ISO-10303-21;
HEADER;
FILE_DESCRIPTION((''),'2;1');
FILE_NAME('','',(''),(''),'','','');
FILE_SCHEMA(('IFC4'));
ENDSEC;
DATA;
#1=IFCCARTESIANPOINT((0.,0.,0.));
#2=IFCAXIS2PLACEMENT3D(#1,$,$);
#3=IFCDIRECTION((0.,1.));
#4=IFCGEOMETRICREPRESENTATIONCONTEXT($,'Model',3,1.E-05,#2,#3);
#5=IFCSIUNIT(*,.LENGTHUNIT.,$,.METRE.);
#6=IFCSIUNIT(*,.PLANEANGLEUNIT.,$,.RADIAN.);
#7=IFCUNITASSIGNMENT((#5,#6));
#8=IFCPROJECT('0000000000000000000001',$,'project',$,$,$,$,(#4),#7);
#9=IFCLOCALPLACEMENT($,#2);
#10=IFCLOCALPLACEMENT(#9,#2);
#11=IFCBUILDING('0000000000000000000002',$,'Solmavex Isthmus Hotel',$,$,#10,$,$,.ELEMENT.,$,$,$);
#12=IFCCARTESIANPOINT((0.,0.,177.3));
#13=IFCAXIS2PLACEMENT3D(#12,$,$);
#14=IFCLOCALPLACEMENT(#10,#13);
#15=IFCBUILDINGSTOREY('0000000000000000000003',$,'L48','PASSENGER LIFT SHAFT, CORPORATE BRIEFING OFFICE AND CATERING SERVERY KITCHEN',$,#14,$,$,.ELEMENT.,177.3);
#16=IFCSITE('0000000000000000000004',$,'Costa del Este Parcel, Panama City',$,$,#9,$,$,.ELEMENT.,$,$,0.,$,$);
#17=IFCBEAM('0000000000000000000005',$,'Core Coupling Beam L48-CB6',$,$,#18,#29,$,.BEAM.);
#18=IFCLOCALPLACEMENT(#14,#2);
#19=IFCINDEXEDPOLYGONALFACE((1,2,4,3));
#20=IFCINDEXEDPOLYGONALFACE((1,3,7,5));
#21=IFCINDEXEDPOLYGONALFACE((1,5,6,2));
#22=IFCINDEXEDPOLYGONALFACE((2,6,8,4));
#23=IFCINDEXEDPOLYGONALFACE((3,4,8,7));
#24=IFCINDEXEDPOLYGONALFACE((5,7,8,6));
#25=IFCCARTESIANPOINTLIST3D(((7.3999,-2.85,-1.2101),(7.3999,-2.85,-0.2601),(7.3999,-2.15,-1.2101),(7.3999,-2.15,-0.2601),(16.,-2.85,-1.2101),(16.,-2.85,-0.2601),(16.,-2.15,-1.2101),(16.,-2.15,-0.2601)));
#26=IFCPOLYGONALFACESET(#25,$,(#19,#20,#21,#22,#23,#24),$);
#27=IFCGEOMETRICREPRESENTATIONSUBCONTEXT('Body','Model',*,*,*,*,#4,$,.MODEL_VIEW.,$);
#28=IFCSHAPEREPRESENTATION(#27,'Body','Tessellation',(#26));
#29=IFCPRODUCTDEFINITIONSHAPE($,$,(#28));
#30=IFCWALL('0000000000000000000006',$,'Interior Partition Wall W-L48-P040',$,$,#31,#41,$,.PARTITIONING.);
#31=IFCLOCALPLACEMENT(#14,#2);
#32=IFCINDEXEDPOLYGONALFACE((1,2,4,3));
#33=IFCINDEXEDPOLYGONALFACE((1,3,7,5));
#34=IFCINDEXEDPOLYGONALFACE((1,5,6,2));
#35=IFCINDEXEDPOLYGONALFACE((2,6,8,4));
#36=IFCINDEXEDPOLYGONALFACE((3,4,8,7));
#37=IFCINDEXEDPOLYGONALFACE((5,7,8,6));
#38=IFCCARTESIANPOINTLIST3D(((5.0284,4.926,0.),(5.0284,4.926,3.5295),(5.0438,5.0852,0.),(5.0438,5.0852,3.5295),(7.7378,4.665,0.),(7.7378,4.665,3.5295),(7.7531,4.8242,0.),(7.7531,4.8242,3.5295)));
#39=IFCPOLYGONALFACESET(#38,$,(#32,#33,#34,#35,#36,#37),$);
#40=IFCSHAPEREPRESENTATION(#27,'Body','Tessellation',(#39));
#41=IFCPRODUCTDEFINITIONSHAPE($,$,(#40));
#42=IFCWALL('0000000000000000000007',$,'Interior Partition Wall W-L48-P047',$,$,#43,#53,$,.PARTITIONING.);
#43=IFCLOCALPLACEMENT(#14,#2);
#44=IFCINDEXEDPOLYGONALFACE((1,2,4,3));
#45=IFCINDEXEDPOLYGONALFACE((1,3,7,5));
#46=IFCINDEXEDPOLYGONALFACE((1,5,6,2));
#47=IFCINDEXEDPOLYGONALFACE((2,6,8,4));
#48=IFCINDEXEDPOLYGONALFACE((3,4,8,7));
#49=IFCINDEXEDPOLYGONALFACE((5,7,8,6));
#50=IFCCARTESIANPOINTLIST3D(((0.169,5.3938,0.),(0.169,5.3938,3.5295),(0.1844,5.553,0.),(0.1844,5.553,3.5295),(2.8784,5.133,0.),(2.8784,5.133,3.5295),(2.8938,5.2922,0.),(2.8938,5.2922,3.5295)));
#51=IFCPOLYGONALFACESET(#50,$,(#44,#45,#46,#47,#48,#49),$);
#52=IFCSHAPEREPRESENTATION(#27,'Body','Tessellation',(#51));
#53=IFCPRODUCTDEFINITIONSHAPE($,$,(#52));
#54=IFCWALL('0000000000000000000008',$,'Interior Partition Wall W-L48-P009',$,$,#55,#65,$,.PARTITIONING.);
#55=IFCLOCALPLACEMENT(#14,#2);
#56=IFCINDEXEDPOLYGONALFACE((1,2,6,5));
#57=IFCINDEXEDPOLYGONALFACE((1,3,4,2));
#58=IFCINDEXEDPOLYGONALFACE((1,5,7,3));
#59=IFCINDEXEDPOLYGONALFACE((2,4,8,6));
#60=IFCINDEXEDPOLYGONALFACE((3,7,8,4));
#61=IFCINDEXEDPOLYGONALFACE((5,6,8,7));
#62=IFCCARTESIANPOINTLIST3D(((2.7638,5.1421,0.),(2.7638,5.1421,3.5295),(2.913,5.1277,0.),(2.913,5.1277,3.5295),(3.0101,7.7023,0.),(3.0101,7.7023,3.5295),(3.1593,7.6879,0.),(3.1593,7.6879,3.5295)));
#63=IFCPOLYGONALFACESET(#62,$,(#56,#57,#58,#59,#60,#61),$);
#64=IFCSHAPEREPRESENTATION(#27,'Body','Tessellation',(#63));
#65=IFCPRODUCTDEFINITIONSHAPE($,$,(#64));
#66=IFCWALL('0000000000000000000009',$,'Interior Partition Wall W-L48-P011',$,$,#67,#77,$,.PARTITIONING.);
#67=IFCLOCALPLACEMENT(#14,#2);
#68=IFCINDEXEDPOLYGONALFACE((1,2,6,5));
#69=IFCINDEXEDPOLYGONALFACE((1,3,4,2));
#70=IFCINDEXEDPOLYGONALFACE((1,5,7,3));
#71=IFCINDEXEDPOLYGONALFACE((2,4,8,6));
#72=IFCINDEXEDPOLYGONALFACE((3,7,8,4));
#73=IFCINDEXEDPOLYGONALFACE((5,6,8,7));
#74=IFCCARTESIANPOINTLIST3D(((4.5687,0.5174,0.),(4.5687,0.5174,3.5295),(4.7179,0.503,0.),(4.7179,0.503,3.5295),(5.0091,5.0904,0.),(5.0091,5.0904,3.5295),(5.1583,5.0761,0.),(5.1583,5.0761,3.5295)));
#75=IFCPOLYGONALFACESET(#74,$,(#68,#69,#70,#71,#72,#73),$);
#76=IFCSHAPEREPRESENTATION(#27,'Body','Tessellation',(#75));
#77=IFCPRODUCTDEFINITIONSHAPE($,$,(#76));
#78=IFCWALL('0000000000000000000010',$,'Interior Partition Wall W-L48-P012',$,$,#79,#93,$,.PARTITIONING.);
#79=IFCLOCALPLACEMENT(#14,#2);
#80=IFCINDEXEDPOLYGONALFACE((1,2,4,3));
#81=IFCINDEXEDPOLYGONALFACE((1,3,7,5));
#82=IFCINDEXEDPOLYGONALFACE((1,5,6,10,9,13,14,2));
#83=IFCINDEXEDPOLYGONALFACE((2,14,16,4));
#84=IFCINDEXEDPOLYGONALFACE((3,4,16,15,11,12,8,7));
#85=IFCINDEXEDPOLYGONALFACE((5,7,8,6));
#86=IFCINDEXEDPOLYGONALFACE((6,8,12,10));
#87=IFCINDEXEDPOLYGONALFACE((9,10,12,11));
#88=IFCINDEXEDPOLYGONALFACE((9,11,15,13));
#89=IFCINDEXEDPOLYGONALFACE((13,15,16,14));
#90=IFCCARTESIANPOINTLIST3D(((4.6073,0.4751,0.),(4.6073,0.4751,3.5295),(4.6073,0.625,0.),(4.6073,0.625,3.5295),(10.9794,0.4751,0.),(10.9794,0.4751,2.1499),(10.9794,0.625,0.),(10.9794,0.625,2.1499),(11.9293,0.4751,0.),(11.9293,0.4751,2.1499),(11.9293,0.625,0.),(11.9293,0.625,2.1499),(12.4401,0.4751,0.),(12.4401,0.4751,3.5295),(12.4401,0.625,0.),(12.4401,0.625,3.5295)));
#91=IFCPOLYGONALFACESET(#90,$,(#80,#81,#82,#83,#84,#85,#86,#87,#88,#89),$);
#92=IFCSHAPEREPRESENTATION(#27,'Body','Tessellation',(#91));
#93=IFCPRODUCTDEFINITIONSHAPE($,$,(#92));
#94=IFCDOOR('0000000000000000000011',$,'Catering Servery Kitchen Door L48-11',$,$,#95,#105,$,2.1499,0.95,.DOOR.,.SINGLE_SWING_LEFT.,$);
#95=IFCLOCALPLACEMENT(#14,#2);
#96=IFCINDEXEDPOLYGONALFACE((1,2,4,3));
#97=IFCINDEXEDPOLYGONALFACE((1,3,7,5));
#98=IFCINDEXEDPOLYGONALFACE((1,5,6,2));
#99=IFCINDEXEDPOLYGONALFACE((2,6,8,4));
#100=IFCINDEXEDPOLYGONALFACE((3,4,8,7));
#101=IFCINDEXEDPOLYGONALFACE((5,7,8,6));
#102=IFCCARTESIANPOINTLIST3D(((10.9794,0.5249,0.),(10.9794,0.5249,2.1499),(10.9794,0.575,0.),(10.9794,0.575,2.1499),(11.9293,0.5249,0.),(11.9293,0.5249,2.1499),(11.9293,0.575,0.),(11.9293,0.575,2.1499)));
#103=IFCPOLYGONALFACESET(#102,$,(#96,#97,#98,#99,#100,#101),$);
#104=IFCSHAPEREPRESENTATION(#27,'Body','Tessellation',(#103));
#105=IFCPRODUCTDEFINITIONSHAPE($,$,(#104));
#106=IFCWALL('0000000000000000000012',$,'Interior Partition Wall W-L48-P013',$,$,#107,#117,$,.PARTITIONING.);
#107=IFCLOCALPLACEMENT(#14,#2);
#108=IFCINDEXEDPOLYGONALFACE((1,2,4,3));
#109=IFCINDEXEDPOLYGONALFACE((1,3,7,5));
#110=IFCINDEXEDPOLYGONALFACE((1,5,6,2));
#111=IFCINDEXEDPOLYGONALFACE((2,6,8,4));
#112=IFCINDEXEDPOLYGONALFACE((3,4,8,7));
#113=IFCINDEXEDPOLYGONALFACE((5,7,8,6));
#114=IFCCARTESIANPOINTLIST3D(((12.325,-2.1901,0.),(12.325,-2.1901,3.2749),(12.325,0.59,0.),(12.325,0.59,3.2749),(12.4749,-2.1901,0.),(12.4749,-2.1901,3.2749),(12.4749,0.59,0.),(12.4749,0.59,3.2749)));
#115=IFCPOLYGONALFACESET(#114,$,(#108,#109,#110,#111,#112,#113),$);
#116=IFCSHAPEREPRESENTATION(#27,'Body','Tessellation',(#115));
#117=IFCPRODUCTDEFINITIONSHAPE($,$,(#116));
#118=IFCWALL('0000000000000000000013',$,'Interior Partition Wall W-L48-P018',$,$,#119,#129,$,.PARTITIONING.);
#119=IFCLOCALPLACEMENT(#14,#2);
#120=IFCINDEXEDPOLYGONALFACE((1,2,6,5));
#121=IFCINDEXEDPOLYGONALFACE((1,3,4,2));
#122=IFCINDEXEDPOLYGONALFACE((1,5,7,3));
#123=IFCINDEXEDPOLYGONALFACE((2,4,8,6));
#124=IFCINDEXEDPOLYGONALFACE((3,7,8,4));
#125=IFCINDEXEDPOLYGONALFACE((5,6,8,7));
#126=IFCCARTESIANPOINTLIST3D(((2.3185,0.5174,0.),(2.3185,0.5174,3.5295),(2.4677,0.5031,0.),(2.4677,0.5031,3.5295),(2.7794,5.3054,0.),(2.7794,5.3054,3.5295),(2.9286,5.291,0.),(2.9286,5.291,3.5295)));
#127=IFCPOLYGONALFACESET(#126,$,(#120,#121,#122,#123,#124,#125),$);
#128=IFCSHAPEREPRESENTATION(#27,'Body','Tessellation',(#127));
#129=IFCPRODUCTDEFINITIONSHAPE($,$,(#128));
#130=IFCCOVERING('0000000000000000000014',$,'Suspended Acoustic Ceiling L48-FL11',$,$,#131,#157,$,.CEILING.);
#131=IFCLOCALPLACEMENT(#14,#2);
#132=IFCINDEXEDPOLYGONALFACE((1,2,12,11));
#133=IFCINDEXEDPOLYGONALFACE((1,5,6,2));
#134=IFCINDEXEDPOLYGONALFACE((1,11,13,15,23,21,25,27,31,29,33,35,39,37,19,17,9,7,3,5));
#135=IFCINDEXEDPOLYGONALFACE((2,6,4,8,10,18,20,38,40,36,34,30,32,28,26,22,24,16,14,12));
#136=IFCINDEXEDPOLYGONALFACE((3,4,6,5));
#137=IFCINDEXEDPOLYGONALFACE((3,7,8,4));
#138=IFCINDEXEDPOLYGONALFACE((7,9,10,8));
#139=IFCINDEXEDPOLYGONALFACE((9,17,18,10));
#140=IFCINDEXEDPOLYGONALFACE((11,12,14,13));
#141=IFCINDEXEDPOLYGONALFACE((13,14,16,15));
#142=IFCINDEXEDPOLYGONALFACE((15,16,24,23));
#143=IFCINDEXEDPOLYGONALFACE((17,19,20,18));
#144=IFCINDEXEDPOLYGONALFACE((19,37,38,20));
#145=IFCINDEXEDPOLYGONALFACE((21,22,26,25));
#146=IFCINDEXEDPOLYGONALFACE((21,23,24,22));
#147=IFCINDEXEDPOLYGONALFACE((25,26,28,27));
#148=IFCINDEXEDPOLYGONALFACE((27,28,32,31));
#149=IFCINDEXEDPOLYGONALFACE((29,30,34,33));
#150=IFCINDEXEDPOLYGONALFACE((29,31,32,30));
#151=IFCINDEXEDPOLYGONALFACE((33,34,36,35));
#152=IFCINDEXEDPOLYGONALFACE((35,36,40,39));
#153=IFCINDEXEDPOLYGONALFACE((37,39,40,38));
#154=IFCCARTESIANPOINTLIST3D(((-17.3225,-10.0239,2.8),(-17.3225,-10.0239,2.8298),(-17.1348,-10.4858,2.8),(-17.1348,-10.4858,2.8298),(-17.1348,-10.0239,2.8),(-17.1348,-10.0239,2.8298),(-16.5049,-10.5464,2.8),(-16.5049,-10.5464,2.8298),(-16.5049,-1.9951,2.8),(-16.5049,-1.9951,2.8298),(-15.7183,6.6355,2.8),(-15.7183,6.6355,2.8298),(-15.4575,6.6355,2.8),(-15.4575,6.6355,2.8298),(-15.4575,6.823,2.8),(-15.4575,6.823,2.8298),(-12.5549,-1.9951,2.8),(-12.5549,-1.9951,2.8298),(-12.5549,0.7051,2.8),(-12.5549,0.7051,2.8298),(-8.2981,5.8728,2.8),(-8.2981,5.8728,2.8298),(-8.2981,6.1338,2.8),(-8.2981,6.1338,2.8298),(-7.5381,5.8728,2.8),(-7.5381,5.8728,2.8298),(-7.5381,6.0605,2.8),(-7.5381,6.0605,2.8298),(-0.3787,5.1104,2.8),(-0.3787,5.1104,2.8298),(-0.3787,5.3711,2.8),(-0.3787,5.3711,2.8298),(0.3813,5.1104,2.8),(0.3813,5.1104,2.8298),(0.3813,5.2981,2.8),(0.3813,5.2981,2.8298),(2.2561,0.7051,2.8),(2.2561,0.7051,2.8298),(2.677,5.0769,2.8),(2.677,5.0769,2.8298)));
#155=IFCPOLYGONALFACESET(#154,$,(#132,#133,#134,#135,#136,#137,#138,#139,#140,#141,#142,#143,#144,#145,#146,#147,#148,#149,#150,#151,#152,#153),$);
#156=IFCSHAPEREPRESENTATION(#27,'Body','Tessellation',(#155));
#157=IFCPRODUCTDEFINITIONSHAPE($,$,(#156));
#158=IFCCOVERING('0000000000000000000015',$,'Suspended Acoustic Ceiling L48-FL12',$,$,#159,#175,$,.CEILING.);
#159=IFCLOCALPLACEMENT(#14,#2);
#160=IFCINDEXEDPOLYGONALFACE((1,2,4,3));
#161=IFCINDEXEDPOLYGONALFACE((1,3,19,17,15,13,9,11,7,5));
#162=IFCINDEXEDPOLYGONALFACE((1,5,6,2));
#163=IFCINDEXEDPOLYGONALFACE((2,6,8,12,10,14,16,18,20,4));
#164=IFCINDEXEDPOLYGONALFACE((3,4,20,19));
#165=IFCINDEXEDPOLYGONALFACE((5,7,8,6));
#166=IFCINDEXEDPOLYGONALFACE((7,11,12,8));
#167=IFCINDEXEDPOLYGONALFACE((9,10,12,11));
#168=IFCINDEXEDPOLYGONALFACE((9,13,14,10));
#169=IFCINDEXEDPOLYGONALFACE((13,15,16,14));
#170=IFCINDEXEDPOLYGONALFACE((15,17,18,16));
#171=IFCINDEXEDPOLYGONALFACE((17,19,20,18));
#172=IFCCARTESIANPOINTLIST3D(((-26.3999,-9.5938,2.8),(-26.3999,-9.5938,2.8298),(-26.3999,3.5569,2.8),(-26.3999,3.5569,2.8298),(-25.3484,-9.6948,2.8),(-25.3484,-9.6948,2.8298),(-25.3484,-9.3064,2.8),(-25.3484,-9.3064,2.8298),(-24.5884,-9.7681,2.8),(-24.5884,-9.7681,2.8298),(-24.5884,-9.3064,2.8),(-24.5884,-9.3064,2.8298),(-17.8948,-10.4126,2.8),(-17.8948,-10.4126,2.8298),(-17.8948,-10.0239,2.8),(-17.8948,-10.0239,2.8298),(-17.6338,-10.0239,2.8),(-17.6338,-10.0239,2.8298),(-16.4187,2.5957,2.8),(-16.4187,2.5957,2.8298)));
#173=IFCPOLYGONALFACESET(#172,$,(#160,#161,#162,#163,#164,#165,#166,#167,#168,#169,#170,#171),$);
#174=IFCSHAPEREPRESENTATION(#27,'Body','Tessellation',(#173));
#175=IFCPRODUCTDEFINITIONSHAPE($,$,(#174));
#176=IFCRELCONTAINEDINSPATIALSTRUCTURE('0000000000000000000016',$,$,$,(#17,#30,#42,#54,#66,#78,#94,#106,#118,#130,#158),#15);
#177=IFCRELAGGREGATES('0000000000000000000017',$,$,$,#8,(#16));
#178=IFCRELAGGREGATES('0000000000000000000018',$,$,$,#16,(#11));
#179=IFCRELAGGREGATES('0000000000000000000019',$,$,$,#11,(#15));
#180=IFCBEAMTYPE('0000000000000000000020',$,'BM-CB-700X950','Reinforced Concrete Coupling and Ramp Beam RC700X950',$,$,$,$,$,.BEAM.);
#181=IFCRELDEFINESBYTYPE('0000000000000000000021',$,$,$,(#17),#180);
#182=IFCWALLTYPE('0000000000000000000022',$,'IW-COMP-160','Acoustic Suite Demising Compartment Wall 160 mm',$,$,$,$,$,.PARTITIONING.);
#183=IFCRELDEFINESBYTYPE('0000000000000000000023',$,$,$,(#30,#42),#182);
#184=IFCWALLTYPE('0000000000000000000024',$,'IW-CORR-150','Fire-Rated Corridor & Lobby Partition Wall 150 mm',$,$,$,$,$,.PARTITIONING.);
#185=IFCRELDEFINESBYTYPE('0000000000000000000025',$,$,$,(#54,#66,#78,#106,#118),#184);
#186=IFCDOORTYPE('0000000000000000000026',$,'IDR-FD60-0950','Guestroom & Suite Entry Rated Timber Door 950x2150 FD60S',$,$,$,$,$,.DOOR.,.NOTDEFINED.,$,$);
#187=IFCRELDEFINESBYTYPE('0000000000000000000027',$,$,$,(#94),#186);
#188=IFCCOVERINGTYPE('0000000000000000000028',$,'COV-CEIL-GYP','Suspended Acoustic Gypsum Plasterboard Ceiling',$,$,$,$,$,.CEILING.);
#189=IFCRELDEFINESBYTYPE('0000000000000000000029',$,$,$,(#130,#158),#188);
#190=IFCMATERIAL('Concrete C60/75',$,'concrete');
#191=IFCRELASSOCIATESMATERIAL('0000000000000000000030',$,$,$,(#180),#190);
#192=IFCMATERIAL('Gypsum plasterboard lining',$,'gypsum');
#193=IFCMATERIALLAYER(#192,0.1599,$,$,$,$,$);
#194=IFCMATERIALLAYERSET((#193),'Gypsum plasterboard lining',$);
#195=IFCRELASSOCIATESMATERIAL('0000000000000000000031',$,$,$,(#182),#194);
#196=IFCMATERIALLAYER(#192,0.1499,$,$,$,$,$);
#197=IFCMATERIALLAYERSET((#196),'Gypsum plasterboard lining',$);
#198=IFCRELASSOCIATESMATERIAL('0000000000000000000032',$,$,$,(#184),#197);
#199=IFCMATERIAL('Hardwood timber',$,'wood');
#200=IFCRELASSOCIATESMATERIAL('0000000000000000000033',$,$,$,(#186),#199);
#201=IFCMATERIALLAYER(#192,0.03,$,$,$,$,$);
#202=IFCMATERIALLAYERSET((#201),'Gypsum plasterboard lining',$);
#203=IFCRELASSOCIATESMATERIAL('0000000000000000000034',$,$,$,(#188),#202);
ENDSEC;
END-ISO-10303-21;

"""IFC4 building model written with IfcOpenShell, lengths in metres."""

from ifc_helpers import new_model, si_unit, direction, frame, frame_2d, origin, origin_2d, place, context, subcontext, project, spatial, polyline, rectangle, outline, extrude, material, layer, layer_set, material_profile, profile_set, type_object, element, fill, save


model = new_model("IFC4")

# Units and contexts
model_context = context("Model", 3, precision=1e-05, world=origin(), true_north=direction((0.0, 1.0)))
body_context = subcontext(model_context, "Body", "Model", "MODEL_VIEW")
ifc_project = project(units=[si_unit("LENGTHUNIT", "METRE"), si_unit("PLANEANGLEUNIT", "RADIAN")], contexts=[model_context])

# Site, building, storey
site_placement = place(None, origin())
site = spatial("IfcSite", under=ifc_project, at=site_placement, Name="Costa del Este Parcel, Panama City", CompositionType="ELEMENT", RefElevation=0.0)
building_placement = place(site_placement, origin())
building = spatial("IfcBuilding", under=site, at=building_placement, Name="Solmavex Isthmus Hotel", CompositionType="ELEMENT")
storey_placement = place(building_placement, frame((0.0, 0.0, 177.3)))
storey = spatial("IfcBuildingStorey", under=building, at=storey_placement, Name="L48", Description="PASSENGER LIFT SHAFT, CORPORATE BRIEFING OFFICE AND CATERING SERVERY KITCHEN", CompositionType="ELEMENT", Elevation=177.3)

# Shared definitions
ifc_material_1 = material(Name="Concrete C60/75", Category="concrete")

# Beam
ifc_material_profile_1 = material_profile(ifc_material_1, rectangle(XDim=0.7, YDim=0.95, at=origin_2d()), Name="RC700X950")
ifc_profile_set_1 = profile_set([ifc_material_profile_1], Name="Concrete C60/75")
beam_type_1 = type_object("IfcBeamType", Name="BM-CB-700X950", Description="Reinforced Concrete Coupling and Ramp Beam RC700X950", PredefinedType="BEAM", material=ifc_profile_set_1)
beam_1_placement = place(storey_placement, frame((7.3999, -2.5, -0.7351), z_axis=(1.0, 0.0, 0.0), x_axis=(0.0, 1.0, 0.0)))
element("IfcBeam", 1, at=beam_1_placement, inside=storey, type_object=beam_type_1, Name="Core Coupling Beam L48-CB6", PredefinedType="BEAM", context=body_context, shape_type="SweptSolid", body=[
    extrude(rectangle(XDim=0.7, YDim=0.95, at=origin_2d()), origin(), (0.0, 0.0, 1.0), 8.6001),
])

# Walls
ifc_material_2 = material(Name="Gypsum plasterboard lining", Category="gypsum")
ifc_layer_1 = layer(ifc_material_2, 0.1599)
ifc_layer_set_1 = layer_set([ifc_layer_1], Name="Gypsum plasterboard lining")
wall_type_1 = type_object("IfcWallType", Name="IW-COMP-160", Description="Acoustic Suite Demising Compartment Wall 160 mm", PredefinedType="PARTITIONING", material=ifc_layer_set_1)
for number, where, z_axis, x_axis, name in (
    (2, (7.7454, 4.7446, 0.0), (0.0, 0.0, 1.0), (-0.995393, 0.09588, 0.0), "Interior Partition Wall W-L48-P040"),
    (3, (2.886, 5.2126, 0.0), (0.0, 0.0, 1.0), (-0.995401, 0.095791, 0.0), "Interior Partition Wall W-L48-P047"),
):
    element("IfcWall", number, at=place(storey_placement, frame(where, z_axis=z_axis, x_axis=x_axis)), inside=storey, type_object=wall_type_1, Name=name, PredefinedType="PARTITIONING", context=body_context, shape_type="SweptSolid", body=[
        extrude(rectangle(XDim=2.7219, YDim=0.1599, at=frame_2d((1.3608, 0.0))), origin(), (0.0, 0.0, 1.0), 3.5295),
    ])
ifc_layer_2 = layer(ifc_material_2, 0.1499)
ifc_layer_set_2 = layer_set([ifc_layer_2], Name="Gypsum plasterboard lining")
wall_type_2 = type_object("IfcWallType", Name="IW-CORR-150", Description="Fire-Rated Corridor & Lobby Partition Wall 150 mm", PredefinedType="PARTITIONING", material=ifc_layer_set_2)
wall_1_placement = place(storey_placement, frame((2.8384, 5.1348, 0.0), z_axis=(0.0, 0.0, 1.0), x_axis=(0.095772, 0.995403, 0.0)))
element("IfcWall", 4, at=wall_1_placement, inside=storey, type_object=wall_type_2, Name="Interior Partition Wall W-L48-P009", PredefinedType="PARTITIONING", context=body_context, shape_type="SweptSolid", body=[
    extrude(rectangle(XDim=2.572, YDim=0.1499, at=frame_2d((1.2861, 0.0))), origin(), (0.0, 0.0, 1.0), 3.5295),
])
wall_2_placement = place(storey_placement, frame((5.0837, 5.0833, 0.0), z_axis=(0.0, 0.0, 1.0), x_axis=(-0.095867, -0.995394, 0.0)))
element("IfcWall", 5, at=wall_2_placement, inside=storey, type_object=wall_type_2, Name="Interior Partition Wall W-L48-P011", PredefinedType="PARTITIONING", context=body_context, shape_type="SweptSolid", body=[
    extrude(rectangle(XDim=4.5942, YDim=0.1499, at=frame_2d((2.2971, 0.0))), origin(), (0.0, 0.0, 1.0), 3.5295),
])

# Wall, opening, door
wall_3_placement = place(storey_placement, frame((4.6072, 0.55, 0.0), z_axis=(0.0, 0.0, 1.0), x_axis=(1.0, 0.0, 0.0)))
wall_3 = element("IfcWall", 6, at=wall_3_placement, inside=storey, type_object=wall_type_2, Name="Interior Partition Wall W-L48-P012", PredefinedType="PARTITIONING", context=body_context, shape_type="SweptSolid", body=[
    extrude(rectangle(XDim=7.8328, YDim=0.1499, at=frame_2d((3.9165, 0.0))), origin(), (0.0, 0.0, 1.0), 3.5295),
])
opening_placement = place(wall_3_placement, frame((6.3721, 0.0, 0.0)))
opening = element("IfcOpeningElement", 7, at=opening_placement, cuts=wall_3, PredefinedType="OPENING", context=body_context, shape_type="SweptSolid", body=[
    extrude(rectangle(XDim=0.95, YDim=2.1499, at=frame_2d((0.4751, 1.075))), frame((0.0, 0.085, 0.0), z_axis=(0.0, -1.0, 0.0), x_axis=(1.0, 0.0, 0.0)), (0.0, 0.0, 1.0), 0.1699),
])
ifc_material_3 = material(Name="Hardwood timber", Category="wood")
door_type = type_object("IfcDoorType", Name="IDR-FD60-0950", Description="Guestroom & Suite Entry Rated Timber Door 950x2150 FD60S", OperationType="NOTDEFINED", PredefinedType="DOOR", material=ifc_material_3)
door_placement = place(opening_placement, origin())
door = element("IfcDoor", 8, at=door_placement, inside=storey, type_object=door_type, Name="Catering Servery Kitchen Door L48-11", OperationType="SINGLE_SWING_LEFT", OverallHeight=2.1499, OverallWidth=0.95, PredefinedType="DOOR", context=body_context, shape_type="SweptSolid", body=[
    extrude(rectangle(XDim=0.95, YDim=2.1499, at=frame_2d((0.4751, 1.075))), frame((0.0, 0.0249, 0.0), z_axis=(0.0, -1.0, 0.0), x_axis=(1.0, 0.0, 0.0)), (0.0, 0.0, 1.0), 0.05),
])
fill(opening, door)

# Walls
wall_4_placement = place(storey_placement, frame((12.3999, 0.5901, 0.0), z_axis=(0.0, 0.0, 1.0), x_axis=(0.0, -1.0, 0.0)))
element("IfcWall", 9, at=wall_4_placement, inside=storey, type_object=wall_type_2, Name="Interior Partition Wall W-L48-P013", PredefinedType="PARTITIONING", context=body_context, shape_type="SweptSolid", body=[
    extrude(rectangle(XDim=2.78, YDim=0.1499, at=frame_2d((1.3901, 0.0))), origin(), (0.0, 0.0, 1.0), 3.2749),
])
wall_5_placement = place(storey_placement, frame((2.3931, 0.5103, 0.0), z_axis=(0.0, 0.0, 1.0), x_axis=(0.095829, 0.995398, 0.0)))
element("IfcWall", 10, at=wall_5_placement, inside=storey, type_object=wall_type_2, Name="Interior Partition Wall W-L48-P018", PredefinedType="PARTITIONING", context=body_context, shape_type="SweptSolid", body=[
    extrude(rectangle(XDim=4.8101, YDim=0.1499, at=frame_2d((2.405, 0.0))), origin(), (0.0, 0.0, 1.0), 3.5295),
])

# Coverings
ifc_layer_3 = layer(ifc_material_2, 0.03)
ifc_layer_set_3 = layer_set([ifc_layer_3], Name="Gypsum plasterboard lining")
covering_type_1 = type_object("IfcCoveringType", Name="COV-CEIL-GYP", Description="Suspended Acoustic Gypsum Plasterboard Ceiling", PredefinedType="CEILING", material=ifc_layer_set_3)
covering_1_placement = place(storey_placement, frame((0.0, 0.0, 2.8)))
element("IfcCovering", 11, at=covering_1_placement, inside=storey, type_object=covering_type_1, Name="Suspended Acoustic Ceiling L48-FL11", PredefinedType="CEILING", context=body_context, shape_type="SweptSolid", body=[
    extrude(outline(polyline([(-17.3225, -10.0239), (-17.1348, -10.0239), (-17.1348, -10.4858), (-16.5049, -10.5464), (-16.5049, -1.9951), (-12.5549, -1.9951), (-12.5549, 0.7051), (2.2561, 0.7051), (2.677, 5.0769), (0.3813, 5.2981), (0.3813, 5.1104), (-0.3787, 5.1104), (-0.3787, 5.3711), (-7.5381, 6.0605), (-7.5381, 5.8728), (-8.2981, 5.8728), (-8.2981, 6.1338), (-15.4575, 6.823), (-15.4575, 6.6355), (-15.7183, 6.6355), (-17.3225, -10.0239)])), origin(), (0.0, 0.0, 1.0), 0.0298),
])
covering_2_placement = place(storey_placement, frame((0.0, 0.0, 2.8)))
element("IfcCovering", 12, at=covering_2_placement, inside=storey, type_object=covering_type_1, Name="Suspended Acoustic Ceiling L48-FL12", PredefinedType="CEILING", context=body_context, shape_type="SweptSolid", body=[
    extrude(outline(polyline([(-17.8948, -10.4126), (-17.8948, -10.0239), (-17.6338, -10.0239), (-16.4187, 2.5957), (-26.3999, 3.5569), (-26.3999, -9.5938), (-25.3484, -9.6948), (-25.3484, -9.3064), (-24.5884, -9.3064), (-24.5884, -9.7681), (-17.8948, -10.4126)])), origin(), (0.0, 0.0, 1.0), 0.0298),
])

save(model, "model.ifc")
